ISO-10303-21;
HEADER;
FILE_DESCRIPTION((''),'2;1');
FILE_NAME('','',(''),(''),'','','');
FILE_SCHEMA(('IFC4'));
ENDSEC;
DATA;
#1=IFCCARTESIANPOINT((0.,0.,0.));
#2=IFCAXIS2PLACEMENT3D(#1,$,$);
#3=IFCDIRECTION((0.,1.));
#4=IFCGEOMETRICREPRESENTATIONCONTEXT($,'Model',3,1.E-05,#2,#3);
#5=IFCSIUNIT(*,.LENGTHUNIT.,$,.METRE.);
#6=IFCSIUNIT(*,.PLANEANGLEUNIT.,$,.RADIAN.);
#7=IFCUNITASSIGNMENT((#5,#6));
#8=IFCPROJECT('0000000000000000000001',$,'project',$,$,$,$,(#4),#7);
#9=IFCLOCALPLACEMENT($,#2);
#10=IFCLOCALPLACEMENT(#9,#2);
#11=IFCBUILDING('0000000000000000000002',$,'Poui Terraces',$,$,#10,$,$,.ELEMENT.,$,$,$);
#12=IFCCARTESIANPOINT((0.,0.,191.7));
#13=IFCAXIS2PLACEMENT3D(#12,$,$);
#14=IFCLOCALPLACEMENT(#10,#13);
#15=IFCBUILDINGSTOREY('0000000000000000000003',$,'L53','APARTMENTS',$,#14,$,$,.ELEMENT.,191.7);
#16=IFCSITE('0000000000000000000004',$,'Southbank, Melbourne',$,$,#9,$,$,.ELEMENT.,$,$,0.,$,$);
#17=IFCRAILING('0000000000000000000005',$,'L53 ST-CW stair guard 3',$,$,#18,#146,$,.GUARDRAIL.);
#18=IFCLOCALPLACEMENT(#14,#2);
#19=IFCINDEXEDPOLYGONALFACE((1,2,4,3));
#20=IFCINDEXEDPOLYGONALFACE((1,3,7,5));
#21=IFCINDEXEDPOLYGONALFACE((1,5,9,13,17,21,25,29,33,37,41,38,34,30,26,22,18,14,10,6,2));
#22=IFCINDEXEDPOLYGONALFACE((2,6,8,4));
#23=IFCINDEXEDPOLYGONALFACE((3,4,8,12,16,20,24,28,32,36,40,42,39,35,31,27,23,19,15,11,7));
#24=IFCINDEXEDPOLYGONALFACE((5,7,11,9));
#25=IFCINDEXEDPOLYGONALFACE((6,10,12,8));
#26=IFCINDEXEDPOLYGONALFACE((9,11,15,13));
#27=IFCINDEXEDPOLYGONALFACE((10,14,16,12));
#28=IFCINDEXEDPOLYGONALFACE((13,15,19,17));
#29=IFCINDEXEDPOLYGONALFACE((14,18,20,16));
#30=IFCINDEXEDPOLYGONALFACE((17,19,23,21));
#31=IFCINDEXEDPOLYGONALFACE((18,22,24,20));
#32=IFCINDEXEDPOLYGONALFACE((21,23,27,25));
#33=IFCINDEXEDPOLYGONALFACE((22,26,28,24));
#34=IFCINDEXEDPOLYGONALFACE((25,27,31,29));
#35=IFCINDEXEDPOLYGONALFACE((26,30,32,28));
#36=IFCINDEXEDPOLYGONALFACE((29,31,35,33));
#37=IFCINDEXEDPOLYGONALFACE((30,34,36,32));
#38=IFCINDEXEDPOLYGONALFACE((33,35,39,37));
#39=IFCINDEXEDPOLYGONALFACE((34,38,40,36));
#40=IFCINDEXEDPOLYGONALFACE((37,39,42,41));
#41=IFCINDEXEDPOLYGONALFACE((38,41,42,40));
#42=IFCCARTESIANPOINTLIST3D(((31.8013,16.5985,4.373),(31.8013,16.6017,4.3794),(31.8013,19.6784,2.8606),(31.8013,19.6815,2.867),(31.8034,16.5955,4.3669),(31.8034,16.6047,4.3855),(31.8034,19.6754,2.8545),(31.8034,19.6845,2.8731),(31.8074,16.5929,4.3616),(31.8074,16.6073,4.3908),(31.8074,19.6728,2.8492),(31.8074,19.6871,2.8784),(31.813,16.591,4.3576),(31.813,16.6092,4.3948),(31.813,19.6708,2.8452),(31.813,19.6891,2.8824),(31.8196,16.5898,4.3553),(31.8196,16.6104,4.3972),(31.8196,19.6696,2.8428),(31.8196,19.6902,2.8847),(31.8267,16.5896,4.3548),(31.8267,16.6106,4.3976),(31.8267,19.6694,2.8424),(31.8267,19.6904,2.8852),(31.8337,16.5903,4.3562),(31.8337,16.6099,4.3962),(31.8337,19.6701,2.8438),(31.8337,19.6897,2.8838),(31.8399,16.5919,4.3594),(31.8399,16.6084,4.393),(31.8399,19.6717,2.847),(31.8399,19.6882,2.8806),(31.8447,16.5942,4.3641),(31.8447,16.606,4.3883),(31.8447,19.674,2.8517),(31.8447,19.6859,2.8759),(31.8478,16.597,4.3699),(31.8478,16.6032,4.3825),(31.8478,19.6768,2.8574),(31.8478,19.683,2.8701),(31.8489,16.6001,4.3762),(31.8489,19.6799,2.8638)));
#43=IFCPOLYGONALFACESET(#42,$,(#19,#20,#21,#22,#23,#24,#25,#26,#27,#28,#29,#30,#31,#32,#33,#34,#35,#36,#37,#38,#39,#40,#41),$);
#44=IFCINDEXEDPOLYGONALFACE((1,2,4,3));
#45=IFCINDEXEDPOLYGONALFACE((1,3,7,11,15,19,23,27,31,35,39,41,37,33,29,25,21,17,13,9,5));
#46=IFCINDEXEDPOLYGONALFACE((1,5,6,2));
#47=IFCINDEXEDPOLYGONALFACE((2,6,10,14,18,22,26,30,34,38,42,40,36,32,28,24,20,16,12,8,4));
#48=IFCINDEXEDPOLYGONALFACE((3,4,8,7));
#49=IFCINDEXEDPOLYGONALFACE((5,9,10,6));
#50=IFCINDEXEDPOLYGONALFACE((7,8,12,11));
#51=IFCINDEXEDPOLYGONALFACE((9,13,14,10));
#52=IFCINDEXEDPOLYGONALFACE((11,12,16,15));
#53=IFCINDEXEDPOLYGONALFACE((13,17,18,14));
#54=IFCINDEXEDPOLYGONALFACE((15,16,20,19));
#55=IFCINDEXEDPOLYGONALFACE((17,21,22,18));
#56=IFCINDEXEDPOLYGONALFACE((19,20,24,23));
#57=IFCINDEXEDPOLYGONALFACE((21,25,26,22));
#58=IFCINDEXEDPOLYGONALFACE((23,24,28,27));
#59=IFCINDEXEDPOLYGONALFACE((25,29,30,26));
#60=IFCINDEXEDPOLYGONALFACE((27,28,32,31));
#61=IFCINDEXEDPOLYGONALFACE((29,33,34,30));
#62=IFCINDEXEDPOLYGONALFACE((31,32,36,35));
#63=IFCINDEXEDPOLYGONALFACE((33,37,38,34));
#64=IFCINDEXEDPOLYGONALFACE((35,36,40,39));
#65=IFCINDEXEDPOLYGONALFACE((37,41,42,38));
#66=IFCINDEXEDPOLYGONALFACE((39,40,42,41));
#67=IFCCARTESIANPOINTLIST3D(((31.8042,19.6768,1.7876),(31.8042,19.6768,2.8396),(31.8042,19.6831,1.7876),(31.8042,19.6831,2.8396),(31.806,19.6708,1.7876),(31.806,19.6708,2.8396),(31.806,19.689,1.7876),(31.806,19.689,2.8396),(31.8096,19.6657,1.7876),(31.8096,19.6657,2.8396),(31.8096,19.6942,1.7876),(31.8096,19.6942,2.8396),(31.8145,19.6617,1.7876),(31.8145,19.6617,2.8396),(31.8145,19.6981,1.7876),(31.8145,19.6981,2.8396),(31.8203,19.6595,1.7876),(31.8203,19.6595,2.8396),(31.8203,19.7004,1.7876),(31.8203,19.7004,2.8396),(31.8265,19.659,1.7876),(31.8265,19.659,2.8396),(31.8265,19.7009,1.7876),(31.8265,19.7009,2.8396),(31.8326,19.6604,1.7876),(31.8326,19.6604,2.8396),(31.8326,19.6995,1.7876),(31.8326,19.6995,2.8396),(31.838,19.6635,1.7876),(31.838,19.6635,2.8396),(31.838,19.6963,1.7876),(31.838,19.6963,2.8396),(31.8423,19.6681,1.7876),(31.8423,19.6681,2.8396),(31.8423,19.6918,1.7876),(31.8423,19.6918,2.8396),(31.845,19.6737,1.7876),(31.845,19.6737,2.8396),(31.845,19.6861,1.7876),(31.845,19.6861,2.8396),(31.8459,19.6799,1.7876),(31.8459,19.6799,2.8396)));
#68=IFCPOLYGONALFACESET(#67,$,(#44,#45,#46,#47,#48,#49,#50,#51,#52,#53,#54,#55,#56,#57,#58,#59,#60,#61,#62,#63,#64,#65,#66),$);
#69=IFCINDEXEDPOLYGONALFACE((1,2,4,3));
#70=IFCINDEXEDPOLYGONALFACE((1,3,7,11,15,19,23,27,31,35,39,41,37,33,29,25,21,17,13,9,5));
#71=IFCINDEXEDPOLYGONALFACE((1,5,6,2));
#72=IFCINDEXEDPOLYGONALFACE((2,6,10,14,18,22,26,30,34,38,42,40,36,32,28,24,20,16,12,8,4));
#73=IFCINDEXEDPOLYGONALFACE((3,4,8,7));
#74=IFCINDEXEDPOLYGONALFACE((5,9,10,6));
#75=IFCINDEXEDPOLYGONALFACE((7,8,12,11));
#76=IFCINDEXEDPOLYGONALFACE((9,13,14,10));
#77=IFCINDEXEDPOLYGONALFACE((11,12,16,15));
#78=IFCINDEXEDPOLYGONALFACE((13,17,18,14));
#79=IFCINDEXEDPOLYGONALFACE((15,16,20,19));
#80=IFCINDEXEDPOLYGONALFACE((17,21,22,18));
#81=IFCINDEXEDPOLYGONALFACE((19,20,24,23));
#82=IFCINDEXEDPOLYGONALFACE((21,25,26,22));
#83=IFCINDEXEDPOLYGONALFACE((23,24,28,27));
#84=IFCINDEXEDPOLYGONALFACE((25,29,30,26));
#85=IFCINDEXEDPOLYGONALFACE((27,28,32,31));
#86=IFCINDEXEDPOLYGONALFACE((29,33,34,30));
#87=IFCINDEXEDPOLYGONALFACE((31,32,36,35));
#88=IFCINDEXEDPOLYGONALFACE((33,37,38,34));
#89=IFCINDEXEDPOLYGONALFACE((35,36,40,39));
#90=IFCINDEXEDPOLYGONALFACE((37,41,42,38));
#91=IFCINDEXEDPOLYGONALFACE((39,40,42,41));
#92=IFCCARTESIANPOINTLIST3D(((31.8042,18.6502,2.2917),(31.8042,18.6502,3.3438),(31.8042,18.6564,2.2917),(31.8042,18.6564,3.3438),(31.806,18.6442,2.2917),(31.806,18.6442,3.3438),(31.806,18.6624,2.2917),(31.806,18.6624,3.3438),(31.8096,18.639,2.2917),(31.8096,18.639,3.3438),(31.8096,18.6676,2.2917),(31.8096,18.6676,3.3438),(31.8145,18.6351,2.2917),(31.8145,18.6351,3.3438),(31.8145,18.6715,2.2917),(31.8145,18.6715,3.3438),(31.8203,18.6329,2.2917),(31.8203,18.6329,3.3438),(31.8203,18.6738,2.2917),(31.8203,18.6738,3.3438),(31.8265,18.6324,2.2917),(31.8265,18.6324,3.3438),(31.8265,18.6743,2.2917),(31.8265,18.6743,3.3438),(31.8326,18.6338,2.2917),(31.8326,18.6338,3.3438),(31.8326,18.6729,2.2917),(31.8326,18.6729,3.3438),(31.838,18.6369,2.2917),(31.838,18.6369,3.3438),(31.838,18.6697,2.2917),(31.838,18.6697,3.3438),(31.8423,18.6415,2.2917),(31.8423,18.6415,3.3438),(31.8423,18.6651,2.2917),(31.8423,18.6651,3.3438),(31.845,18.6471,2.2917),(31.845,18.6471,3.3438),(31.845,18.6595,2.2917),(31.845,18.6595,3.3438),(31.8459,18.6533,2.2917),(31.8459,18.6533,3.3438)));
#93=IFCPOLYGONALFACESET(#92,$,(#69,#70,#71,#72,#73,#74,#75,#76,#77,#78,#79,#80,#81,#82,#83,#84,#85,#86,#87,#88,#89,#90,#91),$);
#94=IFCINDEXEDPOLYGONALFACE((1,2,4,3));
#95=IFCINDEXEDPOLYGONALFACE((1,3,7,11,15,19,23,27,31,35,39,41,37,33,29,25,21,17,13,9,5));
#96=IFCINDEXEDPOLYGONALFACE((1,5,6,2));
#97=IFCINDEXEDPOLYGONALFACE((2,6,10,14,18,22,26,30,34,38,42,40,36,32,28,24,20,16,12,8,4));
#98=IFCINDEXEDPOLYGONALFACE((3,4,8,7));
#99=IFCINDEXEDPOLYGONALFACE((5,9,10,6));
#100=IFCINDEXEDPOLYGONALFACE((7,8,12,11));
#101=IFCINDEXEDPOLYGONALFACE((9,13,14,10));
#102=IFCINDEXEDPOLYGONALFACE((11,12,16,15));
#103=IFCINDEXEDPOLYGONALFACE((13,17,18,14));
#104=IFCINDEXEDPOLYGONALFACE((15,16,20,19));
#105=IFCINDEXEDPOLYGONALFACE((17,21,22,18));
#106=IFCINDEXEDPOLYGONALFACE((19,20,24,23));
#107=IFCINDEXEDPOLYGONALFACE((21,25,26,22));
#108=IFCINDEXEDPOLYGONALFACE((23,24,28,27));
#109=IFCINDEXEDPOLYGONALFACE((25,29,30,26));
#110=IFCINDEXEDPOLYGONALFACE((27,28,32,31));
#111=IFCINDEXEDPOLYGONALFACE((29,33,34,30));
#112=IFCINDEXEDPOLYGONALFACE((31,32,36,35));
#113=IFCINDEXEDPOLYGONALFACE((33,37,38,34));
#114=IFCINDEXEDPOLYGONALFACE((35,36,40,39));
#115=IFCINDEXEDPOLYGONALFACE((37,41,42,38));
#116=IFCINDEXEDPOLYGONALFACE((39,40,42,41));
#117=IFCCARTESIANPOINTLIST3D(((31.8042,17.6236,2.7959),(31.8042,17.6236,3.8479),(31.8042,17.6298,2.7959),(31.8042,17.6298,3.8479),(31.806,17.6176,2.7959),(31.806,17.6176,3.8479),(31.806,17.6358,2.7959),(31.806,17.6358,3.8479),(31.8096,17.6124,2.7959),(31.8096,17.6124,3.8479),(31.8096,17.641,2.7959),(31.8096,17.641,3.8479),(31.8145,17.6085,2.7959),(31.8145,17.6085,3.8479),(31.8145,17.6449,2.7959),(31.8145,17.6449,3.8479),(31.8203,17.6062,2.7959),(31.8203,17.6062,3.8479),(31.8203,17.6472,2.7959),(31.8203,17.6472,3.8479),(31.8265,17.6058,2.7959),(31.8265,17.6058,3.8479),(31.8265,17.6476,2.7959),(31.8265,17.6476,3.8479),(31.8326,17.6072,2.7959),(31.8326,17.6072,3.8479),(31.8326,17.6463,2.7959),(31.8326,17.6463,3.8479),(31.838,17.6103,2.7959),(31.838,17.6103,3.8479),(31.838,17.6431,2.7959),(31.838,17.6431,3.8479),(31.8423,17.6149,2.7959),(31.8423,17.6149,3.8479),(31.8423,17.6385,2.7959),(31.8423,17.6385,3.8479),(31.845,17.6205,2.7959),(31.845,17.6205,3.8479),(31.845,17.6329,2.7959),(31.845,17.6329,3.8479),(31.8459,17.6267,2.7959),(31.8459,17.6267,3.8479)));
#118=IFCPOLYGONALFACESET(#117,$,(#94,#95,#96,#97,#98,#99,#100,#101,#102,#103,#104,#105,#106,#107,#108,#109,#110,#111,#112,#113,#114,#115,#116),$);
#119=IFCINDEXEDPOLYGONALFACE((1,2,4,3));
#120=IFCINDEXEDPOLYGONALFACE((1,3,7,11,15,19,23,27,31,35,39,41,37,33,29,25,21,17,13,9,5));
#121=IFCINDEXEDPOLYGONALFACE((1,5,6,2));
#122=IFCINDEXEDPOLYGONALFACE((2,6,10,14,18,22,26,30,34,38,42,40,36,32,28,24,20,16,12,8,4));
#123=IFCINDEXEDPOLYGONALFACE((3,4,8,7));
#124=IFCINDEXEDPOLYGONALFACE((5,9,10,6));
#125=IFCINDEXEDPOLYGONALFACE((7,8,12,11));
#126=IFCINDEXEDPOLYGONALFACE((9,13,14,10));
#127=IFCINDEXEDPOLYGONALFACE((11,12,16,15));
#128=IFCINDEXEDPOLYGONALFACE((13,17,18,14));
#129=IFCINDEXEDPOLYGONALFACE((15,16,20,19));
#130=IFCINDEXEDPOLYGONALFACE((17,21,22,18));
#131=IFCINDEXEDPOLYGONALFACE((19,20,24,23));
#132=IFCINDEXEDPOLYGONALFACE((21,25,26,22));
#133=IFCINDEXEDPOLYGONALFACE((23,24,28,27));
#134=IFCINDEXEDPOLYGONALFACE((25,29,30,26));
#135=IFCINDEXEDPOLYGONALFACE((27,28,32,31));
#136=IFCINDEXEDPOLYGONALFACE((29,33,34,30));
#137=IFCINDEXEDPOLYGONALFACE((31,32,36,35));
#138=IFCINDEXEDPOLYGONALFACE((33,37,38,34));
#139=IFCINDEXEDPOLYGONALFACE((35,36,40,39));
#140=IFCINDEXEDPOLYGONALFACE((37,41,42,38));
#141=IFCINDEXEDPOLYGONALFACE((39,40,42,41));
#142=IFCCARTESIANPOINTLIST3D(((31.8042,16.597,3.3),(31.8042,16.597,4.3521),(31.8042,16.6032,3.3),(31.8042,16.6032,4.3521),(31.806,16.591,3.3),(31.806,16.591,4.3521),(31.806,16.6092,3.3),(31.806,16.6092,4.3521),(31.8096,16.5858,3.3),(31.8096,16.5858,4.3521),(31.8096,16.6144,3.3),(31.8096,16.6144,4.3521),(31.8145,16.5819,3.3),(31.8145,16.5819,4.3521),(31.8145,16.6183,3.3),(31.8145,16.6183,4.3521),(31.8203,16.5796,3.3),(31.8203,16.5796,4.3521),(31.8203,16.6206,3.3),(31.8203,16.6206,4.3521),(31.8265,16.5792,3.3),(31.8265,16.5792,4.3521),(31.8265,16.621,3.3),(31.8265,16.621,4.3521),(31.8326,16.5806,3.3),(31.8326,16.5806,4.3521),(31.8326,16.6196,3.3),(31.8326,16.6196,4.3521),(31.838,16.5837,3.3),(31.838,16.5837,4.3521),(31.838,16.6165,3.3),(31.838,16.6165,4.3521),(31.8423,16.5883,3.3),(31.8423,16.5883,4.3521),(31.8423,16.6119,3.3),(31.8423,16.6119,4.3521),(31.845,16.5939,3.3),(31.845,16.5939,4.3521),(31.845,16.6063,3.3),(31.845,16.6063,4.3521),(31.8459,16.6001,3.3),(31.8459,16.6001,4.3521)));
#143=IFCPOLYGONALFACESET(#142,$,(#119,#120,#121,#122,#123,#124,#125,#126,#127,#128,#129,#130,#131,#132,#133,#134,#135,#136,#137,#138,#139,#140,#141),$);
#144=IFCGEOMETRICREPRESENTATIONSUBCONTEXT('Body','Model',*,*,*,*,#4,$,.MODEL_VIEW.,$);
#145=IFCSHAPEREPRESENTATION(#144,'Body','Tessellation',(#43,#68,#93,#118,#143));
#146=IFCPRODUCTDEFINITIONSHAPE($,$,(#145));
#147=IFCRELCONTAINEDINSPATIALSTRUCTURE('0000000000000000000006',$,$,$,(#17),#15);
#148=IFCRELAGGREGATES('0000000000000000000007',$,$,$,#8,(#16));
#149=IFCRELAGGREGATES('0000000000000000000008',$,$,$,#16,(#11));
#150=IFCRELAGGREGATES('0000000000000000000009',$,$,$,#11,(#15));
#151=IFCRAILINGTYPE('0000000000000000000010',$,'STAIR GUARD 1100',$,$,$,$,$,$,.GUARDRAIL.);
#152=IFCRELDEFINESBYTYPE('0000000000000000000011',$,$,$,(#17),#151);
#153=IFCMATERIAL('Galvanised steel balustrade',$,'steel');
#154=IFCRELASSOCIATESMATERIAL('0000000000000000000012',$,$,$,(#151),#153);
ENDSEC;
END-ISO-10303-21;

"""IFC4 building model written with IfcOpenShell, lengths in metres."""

from ifc_helpers import new_model, si_unit, direction, frame, origin, origin_2d, place, context, subcontext, project, spatial, circle, extrude, material, type_object, element, save


model = new_model("IFC4")

# Units and contexts
model_context = context("Model", 3, precision=1e-05, world=origin(), true_north=direction((0.0, 1.0)))
body_context = subcontext(model_context, "Body", "Model", "MODEL_VIEW")
ifc_project = project(units=[si_unit("LENGTHUNIT", "METRE"), si_unit("PLANEANGLEUNIT", "RADIAN")], contexts=[model_context])

# Site, building, storey
site_placement = place(None, origin())
site = spatial("IfcSite", under=ifc_project, at=site_placement, Name="Southbank, Melbourne", CompositionType="ELEMENT", RefElevation=0.0)
building_placement = place(site_placement, origin())
building = spatial("IfcBuilding", under=site, at=building_placement, Name="Poui Terraces", CompositionType="ELEMENT")
storey_placement = place(building_placement, frame((0.0, 0.0, 191.7)))
storey = spatial("IfcBuildingStorey", under=building, at=storey_placement, Name="L53", Description="APARTMENTS", CompositionType="ELEMENT", Elevation=191.7)

# Railing
ifc_material_1 = material(Name="Galvanised steel balustrade", Category="steel")
railing_type_1 = type_object("IfcRailingType", Name="STAIR GUARD 1100", PredefinedType="GUARDRAIL", material=ifc_material_1)
railing_1_placement = place(storey_placement, frame((31.825, 19.6799, 1.7876)))
element("IfcRailing", 1, at=railing_1_placement, inside=storey, type_object=railing_type_1, Name="L53 ST-CW stair guard 3", PredefinedType="GUARDRAIL", context=body_context, shape_type="SweptSolid", body=[
    extrude(circle(Radius=0.0239, at=origin_2d()), frame((0.0, 0.0, 1.0762), z_axis=(0.0, -0.897606, 0.440798), x_axis=(1.0, 0.0, 0.0)), (0.0, 0.0, 1.0), 3.4312),
    extrude(circle(Radius=0.021, at=origin_2d()), origin(), (0.0, 0.0, 1.0), 1.052),
    extrude(circle(Radius=0.021, at=origin_2d()), frame((0.0, -1.0266, 0.5042)), (0.0, 0.0, 1.0), 1.052),
    extrude(circle(Radius=0.021, at=origin_2d()), frame((0.0, -2.0532, 1.0083)), (0.0, 0.0, 1.0), 1.052),
    extrude(circle(Radius=0.021, at=origin_2d()), frame((0.0, -3.0798, 1.5125)), (0.0, 0.0, 1.0), 1.052),
])

save(model, "model.ifc")
